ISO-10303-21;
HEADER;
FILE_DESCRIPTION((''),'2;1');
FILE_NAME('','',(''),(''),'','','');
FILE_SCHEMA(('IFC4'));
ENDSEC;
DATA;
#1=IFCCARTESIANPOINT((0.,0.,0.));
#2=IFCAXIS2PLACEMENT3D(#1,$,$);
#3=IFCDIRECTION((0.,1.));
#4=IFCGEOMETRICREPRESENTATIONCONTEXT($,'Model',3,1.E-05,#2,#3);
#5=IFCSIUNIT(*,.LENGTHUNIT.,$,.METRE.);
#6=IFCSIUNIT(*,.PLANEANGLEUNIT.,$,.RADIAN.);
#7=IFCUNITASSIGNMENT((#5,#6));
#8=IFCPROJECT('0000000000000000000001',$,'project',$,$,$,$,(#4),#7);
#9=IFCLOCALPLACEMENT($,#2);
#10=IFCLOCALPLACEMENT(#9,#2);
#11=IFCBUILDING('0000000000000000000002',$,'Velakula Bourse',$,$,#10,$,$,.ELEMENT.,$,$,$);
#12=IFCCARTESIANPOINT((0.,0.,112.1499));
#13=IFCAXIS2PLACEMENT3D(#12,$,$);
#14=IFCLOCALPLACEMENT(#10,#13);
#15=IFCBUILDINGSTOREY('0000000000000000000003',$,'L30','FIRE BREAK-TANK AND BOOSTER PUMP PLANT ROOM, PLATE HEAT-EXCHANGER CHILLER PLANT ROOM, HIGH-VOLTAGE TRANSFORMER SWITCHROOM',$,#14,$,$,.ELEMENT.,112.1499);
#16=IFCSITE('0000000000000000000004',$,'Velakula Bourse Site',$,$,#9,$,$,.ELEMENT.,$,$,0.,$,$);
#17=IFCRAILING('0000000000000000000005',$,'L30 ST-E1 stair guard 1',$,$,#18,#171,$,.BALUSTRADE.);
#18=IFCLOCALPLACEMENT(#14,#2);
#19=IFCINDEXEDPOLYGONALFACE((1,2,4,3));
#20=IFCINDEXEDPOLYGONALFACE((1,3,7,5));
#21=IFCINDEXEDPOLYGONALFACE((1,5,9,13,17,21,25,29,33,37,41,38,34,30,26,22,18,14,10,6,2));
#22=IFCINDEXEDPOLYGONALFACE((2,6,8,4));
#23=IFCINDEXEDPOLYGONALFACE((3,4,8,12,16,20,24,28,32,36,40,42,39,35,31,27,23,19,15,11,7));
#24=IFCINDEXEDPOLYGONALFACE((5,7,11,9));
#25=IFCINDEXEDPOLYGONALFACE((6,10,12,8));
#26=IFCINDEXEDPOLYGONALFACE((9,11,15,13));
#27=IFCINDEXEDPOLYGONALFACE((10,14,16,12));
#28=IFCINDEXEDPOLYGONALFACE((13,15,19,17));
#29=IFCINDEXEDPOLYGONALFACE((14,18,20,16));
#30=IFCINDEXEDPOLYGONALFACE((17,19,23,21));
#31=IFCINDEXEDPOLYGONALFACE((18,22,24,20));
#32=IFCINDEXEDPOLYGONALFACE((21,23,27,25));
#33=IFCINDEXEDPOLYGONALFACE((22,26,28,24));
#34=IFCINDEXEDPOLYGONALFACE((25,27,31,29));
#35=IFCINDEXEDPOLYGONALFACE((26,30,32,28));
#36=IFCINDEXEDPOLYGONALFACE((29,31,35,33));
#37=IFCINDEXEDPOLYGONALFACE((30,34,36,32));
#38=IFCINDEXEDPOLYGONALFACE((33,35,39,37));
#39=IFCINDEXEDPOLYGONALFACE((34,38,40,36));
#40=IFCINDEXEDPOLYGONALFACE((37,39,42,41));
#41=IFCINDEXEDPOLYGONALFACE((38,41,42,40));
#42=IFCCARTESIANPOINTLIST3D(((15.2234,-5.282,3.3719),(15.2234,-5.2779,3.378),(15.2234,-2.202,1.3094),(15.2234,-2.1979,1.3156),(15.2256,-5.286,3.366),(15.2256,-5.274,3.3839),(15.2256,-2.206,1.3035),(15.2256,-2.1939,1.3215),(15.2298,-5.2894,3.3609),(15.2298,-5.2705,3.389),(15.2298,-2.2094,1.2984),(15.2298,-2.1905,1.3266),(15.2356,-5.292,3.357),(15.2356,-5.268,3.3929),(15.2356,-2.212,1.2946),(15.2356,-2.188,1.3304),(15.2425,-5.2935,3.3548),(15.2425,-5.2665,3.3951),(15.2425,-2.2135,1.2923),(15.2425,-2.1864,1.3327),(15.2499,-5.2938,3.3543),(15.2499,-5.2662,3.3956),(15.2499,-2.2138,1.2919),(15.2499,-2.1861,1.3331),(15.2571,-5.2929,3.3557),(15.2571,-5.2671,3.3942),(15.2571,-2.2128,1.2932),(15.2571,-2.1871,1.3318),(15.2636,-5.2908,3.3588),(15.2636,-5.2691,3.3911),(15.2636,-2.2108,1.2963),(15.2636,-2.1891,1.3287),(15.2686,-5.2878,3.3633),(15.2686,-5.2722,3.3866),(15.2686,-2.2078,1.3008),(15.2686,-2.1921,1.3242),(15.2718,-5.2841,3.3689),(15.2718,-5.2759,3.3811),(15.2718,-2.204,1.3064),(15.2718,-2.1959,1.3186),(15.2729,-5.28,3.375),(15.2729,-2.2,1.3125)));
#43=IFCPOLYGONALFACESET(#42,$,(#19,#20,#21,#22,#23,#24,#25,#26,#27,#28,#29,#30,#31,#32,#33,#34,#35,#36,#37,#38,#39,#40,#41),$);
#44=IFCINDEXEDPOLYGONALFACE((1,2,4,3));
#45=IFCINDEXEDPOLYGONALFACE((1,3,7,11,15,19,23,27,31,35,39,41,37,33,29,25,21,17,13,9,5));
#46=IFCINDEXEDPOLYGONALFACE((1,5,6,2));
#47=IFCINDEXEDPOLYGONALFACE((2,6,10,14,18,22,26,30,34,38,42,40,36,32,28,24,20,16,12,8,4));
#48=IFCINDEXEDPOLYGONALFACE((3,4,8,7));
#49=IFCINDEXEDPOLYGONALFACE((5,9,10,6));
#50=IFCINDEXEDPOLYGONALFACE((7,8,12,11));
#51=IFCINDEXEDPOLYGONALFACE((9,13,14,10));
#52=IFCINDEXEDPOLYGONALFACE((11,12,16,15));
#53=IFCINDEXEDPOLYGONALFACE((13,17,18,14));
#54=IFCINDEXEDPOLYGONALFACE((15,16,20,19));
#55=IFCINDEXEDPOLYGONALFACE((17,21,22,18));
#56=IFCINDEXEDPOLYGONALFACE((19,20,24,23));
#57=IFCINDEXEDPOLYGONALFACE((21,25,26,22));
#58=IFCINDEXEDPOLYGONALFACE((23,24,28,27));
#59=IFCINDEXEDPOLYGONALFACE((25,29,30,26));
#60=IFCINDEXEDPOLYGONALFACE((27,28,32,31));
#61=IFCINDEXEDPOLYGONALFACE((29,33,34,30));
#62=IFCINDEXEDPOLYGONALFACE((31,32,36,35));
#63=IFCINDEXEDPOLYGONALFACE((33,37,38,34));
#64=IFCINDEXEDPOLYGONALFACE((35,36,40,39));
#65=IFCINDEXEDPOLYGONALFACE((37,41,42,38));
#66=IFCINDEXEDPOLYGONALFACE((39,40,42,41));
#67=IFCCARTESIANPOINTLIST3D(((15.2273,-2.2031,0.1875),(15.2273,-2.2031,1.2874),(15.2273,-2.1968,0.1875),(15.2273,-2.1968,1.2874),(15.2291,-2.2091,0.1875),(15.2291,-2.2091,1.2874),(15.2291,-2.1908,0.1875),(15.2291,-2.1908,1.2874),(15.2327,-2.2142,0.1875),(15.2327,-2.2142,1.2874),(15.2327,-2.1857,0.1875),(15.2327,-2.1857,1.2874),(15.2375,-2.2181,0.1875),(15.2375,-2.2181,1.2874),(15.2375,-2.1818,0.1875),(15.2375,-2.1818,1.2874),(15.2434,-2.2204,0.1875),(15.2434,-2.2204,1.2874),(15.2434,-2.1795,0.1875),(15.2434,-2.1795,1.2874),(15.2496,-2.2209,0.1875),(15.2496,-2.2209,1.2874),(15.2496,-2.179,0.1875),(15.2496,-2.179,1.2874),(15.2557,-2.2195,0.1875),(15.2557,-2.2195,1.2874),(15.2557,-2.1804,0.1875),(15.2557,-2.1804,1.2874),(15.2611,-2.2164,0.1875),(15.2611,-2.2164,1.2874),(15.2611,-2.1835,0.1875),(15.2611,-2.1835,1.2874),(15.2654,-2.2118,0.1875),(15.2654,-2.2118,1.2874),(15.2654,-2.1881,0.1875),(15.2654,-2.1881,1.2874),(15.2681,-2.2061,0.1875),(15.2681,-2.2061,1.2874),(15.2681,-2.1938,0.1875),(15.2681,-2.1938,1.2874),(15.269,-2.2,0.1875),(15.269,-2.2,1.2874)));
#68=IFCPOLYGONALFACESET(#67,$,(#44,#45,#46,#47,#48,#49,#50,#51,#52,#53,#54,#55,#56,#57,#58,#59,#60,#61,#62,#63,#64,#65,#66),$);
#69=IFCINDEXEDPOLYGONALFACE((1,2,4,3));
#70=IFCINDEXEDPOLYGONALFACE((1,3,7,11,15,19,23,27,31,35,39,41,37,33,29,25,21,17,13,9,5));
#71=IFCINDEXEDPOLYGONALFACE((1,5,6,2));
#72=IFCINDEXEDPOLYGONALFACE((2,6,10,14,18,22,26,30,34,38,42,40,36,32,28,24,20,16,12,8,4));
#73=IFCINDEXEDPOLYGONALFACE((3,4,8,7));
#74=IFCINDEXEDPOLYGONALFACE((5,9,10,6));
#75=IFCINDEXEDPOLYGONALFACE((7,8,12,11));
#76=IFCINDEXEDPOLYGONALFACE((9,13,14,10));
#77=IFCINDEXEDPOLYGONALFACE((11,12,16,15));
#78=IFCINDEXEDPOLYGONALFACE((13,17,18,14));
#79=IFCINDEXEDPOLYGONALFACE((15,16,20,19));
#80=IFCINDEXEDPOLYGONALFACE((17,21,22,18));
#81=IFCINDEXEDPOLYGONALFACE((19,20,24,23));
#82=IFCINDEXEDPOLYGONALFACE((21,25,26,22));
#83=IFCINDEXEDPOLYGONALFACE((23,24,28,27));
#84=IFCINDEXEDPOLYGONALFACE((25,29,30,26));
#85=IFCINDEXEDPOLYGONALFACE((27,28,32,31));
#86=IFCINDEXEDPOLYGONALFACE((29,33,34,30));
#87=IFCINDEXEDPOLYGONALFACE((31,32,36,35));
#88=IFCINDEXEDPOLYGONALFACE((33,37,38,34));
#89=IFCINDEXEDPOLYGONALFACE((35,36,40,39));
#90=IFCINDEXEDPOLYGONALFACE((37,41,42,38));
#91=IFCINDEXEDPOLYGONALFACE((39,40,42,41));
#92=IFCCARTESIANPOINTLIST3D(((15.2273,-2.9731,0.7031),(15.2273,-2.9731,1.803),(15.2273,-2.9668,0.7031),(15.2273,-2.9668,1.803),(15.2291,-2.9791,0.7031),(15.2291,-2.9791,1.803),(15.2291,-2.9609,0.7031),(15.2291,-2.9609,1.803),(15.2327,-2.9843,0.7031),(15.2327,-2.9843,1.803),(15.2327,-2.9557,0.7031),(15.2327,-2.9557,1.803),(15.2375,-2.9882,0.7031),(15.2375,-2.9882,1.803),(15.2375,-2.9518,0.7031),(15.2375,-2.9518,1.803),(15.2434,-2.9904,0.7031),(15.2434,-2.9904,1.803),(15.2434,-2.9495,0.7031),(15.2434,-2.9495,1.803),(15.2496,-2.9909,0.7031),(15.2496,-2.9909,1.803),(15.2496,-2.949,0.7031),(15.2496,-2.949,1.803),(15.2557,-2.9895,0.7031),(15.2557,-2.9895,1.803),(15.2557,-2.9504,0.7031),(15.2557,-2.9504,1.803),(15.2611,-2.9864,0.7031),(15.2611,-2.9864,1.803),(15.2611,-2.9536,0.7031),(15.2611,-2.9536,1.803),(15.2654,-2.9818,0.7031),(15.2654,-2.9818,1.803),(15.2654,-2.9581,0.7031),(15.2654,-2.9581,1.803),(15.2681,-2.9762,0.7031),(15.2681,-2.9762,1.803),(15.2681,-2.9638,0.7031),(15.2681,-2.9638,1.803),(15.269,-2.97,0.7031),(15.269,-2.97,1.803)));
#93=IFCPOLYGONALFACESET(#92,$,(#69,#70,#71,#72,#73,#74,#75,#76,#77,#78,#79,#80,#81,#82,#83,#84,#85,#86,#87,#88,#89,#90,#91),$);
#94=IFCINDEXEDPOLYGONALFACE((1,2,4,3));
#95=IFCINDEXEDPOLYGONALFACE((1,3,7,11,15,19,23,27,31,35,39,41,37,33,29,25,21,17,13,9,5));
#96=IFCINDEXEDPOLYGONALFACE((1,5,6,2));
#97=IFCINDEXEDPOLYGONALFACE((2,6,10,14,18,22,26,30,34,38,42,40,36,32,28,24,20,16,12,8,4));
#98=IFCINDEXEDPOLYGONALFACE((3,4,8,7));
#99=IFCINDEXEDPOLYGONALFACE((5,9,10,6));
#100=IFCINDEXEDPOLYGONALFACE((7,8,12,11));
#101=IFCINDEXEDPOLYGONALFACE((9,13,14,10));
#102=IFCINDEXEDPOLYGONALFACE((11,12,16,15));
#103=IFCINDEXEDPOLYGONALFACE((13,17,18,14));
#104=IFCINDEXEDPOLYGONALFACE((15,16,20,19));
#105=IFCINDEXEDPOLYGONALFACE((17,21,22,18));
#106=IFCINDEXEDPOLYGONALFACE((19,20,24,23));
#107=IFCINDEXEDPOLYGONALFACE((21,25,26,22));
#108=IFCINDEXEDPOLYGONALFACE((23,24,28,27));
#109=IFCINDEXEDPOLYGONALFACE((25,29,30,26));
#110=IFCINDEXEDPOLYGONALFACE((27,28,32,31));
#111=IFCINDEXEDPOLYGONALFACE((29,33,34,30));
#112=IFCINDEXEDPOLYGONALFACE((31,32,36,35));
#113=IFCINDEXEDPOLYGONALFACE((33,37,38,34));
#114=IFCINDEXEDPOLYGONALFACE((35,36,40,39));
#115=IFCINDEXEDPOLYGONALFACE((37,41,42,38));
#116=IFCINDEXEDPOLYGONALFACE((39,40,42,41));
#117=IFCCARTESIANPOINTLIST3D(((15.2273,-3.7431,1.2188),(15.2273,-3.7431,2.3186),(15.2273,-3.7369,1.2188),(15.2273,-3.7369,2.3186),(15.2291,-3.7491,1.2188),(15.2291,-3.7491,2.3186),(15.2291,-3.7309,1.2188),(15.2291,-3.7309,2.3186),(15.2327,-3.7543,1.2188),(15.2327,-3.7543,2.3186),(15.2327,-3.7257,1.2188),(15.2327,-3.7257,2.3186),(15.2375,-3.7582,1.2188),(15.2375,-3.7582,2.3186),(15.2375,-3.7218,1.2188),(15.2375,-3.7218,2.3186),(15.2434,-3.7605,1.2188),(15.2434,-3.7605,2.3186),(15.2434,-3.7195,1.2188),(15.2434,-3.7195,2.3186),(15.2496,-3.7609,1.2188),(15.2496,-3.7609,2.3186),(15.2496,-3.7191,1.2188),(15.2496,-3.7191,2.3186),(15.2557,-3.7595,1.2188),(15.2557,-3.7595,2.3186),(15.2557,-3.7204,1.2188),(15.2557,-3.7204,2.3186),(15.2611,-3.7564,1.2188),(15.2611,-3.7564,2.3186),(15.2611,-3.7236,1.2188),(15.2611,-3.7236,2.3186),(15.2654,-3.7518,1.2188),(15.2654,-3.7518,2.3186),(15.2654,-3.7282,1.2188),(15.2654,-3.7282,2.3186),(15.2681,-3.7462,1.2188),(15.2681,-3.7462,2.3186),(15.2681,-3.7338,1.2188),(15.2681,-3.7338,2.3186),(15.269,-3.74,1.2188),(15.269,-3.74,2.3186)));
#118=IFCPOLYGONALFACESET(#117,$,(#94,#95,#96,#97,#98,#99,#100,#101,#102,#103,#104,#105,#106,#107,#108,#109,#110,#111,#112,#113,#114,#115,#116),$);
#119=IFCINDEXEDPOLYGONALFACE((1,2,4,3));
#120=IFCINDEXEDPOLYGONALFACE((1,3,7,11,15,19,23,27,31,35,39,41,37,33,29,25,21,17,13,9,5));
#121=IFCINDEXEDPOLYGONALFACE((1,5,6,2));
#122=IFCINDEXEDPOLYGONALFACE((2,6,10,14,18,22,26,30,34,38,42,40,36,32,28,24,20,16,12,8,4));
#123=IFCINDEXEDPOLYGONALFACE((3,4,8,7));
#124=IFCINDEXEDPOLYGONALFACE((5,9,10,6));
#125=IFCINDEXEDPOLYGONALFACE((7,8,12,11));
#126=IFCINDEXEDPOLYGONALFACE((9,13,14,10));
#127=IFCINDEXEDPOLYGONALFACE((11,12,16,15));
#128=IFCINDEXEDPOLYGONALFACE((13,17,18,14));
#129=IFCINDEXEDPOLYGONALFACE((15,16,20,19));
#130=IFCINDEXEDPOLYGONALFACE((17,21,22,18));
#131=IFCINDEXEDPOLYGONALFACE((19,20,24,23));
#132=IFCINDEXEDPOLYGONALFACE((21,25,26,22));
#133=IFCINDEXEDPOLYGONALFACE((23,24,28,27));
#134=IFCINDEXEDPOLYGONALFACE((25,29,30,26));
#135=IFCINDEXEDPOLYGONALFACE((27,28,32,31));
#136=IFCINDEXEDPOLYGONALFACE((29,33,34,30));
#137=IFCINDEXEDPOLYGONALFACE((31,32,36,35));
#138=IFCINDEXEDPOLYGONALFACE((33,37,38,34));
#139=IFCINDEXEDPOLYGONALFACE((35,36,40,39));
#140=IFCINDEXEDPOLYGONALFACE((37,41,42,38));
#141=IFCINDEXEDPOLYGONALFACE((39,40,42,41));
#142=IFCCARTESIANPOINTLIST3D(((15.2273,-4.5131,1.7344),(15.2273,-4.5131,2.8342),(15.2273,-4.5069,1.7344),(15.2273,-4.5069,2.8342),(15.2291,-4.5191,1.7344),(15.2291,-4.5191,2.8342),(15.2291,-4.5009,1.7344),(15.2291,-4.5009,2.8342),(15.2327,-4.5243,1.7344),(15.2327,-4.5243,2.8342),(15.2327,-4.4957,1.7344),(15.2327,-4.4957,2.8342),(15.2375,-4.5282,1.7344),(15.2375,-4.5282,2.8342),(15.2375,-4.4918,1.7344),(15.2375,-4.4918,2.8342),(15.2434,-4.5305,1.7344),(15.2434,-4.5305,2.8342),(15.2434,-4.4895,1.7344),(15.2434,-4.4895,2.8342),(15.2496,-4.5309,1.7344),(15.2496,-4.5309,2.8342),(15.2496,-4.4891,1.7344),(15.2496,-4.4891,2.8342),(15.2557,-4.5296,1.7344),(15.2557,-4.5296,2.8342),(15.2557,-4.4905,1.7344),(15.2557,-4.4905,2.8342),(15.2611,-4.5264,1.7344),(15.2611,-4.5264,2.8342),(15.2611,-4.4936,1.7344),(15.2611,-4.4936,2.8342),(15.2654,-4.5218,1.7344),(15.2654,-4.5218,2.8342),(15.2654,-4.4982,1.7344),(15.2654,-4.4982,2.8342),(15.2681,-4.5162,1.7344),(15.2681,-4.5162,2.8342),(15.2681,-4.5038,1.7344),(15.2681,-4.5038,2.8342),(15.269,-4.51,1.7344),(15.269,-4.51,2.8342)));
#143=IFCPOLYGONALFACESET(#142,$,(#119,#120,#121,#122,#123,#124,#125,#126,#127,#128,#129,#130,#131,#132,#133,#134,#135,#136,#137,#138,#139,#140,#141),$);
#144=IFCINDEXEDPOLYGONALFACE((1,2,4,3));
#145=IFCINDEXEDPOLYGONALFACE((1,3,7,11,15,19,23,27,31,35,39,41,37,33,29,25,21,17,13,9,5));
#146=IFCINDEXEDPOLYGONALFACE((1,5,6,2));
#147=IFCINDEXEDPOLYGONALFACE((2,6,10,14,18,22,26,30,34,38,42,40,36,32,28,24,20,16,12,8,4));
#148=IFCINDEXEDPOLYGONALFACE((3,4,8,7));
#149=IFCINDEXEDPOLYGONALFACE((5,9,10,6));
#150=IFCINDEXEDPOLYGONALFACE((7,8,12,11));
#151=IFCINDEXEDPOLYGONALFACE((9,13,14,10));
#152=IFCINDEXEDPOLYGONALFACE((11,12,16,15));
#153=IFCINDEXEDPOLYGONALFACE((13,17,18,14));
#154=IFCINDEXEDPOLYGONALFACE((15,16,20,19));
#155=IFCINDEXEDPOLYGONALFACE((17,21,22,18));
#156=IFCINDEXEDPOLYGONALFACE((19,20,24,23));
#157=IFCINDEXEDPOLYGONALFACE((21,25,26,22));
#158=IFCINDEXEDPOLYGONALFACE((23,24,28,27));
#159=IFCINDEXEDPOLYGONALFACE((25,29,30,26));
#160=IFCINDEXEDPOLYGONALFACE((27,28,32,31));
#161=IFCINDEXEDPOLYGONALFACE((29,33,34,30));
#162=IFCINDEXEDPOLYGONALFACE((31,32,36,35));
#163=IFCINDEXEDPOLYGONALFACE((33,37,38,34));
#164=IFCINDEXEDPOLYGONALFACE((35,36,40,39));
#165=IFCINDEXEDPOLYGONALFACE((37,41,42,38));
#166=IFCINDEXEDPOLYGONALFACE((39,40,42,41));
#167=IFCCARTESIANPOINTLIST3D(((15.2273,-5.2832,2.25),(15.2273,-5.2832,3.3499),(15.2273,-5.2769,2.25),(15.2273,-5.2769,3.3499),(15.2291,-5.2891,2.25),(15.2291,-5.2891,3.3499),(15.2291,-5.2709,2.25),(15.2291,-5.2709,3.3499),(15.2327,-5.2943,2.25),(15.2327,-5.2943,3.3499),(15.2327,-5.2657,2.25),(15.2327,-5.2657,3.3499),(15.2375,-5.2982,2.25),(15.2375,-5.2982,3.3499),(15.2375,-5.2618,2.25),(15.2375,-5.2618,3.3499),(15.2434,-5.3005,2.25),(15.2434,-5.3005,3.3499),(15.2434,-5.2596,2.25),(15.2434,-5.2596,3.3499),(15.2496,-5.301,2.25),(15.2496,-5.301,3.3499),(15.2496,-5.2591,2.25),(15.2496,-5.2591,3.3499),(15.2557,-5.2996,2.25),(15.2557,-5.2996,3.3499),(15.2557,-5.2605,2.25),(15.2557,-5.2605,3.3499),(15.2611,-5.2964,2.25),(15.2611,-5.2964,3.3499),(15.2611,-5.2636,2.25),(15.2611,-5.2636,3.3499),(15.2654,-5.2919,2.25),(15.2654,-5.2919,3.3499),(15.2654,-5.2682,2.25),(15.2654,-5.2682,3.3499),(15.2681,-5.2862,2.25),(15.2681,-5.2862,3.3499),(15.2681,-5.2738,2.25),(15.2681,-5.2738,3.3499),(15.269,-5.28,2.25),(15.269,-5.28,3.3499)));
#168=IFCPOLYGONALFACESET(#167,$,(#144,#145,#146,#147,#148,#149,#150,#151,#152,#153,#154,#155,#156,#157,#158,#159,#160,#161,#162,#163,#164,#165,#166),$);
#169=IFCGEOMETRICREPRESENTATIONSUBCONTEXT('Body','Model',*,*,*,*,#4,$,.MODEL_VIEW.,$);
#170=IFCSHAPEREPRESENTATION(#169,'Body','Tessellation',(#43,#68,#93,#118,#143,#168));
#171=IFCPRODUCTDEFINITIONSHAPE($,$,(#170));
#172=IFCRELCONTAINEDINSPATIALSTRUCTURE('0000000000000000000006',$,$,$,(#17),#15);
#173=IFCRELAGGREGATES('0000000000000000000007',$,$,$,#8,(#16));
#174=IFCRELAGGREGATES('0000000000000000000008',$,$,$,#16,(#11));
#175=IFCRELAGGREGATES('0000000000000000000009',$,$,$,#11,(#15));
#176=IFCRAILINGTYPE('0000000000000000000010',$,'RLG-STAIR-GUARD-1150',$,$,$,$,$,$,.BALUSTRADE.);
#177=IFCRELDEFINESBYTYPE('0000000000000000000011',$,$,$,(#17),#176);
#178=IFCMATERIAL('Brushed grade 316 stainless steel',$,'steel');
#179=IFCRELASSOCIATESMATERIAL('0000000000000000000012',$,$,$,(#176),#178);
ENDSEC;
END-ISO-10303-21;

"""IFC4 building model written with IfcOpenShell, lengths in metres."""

from ifc_helpers import new_model, si_unit, direction, frame, origin, origin_2d, place, context, subcontext, project, spatial, circle, extrude, material, type_object, element, save


model = new_model("IFC4")

# Units and contexts
model_context = context("Model", 3, precision=1e-05, world=origin(), true_north=direction((0.0, 1.0)))
body_context = subcontext(model_context, "Body", "Model", "MODEL_VIEW")
ifc_project = project(units=[si_unit("LENGTHUNIT", "METRE"), si_unit("PLANEANGLEUNIT", "RADIAN")], contexts=[model_context])

# Site, building, storey
site_placement = place(None, origin())
site = spatial("IfcSite", under=ifc_project, at=site_placement, Name="Velakula Bourse Site", CompositionType="ELEMENT", RefElevation=0.0)
building_placement = place(site_placement, origin())
building = spatial("IfcBuilding", under=site, at=building_placement, Name="Velakula Bourse", CompositionType="ELEMENT")
storey_placement = place(building_placement, frame((0.0, 0.0, 112.1499)))
storey = spatial("IfcBuildingStorey", under=building, at=storey_placement, Name="L30", Description="FIRE BREAK-TANK AND BOOSTER PUMP PLANT ROOM, PLATE HEAT-EXCHANGER CHILLER PLANT ROOM, HIGH-VOLTAGE TRANSFORMER SWITCHROOM", CompositionType="ELEMENT", Elevation=112.1499)

# Railing
ifc_material_1 = material(Name="Brushed grade 316 stainless steel", Category="steel")
railing_type_1 = type_object("IfcRailingType", Name="RLG-STAIR-GUARD-1150", PredefinedType="BALUSTRADE", material=ifc_material_1)
railing_1_placement = place(storey_placement, frame((15.248, -2.2, 0.1875)))
element("IfcRailing", 1, at=railing_1_placement, inside=storey, type_object=railing_type_1, Name="L30 ST-E1 stair guard 1", PredefinedType="BALUSTRADE", context=body_context, shape_type="SweptSolid", body=[
    extrude(circle(Radius=0.0249, at=origin_2d()), frame((0.0, 0.0, 1.125), z_axis=(0.0, -0.830914, 0.556401), x_axis=(1.0, 0.0, 0.0)), (0.0, 0.0, 1.0), 3.7068),
    extrude(circle(Radius=0.021, at=origin_2d()), origin(), (0.0, 0.0, 1.0), 1.0999),
    extrude(circle(Radius=0.021, at=origin_2d()), frame((0.0, -0.77, 0.5156)), (0.0, 0.0, 1.0), 1.0999),
    extrude(circle(Radius=0.021, at=origin_2d()), frame((0.0, -1.54, 1.0312)), (0.0, 0.0, 1.0), 1.0999),
    extrude(circle(Radius=0.021, at=origin_2d()), frame((0.0, -2.3101, 1.5469)), (0.0, 0.0, 1.0), 1.0999),
    extrude(circle(Radius=0.021, at=origin_2d()), frame((0.0, -3.0801, 2.0625)), (0.0, 0.0, 1.0), 1.0999),
])

save(model, "model.ifc")
